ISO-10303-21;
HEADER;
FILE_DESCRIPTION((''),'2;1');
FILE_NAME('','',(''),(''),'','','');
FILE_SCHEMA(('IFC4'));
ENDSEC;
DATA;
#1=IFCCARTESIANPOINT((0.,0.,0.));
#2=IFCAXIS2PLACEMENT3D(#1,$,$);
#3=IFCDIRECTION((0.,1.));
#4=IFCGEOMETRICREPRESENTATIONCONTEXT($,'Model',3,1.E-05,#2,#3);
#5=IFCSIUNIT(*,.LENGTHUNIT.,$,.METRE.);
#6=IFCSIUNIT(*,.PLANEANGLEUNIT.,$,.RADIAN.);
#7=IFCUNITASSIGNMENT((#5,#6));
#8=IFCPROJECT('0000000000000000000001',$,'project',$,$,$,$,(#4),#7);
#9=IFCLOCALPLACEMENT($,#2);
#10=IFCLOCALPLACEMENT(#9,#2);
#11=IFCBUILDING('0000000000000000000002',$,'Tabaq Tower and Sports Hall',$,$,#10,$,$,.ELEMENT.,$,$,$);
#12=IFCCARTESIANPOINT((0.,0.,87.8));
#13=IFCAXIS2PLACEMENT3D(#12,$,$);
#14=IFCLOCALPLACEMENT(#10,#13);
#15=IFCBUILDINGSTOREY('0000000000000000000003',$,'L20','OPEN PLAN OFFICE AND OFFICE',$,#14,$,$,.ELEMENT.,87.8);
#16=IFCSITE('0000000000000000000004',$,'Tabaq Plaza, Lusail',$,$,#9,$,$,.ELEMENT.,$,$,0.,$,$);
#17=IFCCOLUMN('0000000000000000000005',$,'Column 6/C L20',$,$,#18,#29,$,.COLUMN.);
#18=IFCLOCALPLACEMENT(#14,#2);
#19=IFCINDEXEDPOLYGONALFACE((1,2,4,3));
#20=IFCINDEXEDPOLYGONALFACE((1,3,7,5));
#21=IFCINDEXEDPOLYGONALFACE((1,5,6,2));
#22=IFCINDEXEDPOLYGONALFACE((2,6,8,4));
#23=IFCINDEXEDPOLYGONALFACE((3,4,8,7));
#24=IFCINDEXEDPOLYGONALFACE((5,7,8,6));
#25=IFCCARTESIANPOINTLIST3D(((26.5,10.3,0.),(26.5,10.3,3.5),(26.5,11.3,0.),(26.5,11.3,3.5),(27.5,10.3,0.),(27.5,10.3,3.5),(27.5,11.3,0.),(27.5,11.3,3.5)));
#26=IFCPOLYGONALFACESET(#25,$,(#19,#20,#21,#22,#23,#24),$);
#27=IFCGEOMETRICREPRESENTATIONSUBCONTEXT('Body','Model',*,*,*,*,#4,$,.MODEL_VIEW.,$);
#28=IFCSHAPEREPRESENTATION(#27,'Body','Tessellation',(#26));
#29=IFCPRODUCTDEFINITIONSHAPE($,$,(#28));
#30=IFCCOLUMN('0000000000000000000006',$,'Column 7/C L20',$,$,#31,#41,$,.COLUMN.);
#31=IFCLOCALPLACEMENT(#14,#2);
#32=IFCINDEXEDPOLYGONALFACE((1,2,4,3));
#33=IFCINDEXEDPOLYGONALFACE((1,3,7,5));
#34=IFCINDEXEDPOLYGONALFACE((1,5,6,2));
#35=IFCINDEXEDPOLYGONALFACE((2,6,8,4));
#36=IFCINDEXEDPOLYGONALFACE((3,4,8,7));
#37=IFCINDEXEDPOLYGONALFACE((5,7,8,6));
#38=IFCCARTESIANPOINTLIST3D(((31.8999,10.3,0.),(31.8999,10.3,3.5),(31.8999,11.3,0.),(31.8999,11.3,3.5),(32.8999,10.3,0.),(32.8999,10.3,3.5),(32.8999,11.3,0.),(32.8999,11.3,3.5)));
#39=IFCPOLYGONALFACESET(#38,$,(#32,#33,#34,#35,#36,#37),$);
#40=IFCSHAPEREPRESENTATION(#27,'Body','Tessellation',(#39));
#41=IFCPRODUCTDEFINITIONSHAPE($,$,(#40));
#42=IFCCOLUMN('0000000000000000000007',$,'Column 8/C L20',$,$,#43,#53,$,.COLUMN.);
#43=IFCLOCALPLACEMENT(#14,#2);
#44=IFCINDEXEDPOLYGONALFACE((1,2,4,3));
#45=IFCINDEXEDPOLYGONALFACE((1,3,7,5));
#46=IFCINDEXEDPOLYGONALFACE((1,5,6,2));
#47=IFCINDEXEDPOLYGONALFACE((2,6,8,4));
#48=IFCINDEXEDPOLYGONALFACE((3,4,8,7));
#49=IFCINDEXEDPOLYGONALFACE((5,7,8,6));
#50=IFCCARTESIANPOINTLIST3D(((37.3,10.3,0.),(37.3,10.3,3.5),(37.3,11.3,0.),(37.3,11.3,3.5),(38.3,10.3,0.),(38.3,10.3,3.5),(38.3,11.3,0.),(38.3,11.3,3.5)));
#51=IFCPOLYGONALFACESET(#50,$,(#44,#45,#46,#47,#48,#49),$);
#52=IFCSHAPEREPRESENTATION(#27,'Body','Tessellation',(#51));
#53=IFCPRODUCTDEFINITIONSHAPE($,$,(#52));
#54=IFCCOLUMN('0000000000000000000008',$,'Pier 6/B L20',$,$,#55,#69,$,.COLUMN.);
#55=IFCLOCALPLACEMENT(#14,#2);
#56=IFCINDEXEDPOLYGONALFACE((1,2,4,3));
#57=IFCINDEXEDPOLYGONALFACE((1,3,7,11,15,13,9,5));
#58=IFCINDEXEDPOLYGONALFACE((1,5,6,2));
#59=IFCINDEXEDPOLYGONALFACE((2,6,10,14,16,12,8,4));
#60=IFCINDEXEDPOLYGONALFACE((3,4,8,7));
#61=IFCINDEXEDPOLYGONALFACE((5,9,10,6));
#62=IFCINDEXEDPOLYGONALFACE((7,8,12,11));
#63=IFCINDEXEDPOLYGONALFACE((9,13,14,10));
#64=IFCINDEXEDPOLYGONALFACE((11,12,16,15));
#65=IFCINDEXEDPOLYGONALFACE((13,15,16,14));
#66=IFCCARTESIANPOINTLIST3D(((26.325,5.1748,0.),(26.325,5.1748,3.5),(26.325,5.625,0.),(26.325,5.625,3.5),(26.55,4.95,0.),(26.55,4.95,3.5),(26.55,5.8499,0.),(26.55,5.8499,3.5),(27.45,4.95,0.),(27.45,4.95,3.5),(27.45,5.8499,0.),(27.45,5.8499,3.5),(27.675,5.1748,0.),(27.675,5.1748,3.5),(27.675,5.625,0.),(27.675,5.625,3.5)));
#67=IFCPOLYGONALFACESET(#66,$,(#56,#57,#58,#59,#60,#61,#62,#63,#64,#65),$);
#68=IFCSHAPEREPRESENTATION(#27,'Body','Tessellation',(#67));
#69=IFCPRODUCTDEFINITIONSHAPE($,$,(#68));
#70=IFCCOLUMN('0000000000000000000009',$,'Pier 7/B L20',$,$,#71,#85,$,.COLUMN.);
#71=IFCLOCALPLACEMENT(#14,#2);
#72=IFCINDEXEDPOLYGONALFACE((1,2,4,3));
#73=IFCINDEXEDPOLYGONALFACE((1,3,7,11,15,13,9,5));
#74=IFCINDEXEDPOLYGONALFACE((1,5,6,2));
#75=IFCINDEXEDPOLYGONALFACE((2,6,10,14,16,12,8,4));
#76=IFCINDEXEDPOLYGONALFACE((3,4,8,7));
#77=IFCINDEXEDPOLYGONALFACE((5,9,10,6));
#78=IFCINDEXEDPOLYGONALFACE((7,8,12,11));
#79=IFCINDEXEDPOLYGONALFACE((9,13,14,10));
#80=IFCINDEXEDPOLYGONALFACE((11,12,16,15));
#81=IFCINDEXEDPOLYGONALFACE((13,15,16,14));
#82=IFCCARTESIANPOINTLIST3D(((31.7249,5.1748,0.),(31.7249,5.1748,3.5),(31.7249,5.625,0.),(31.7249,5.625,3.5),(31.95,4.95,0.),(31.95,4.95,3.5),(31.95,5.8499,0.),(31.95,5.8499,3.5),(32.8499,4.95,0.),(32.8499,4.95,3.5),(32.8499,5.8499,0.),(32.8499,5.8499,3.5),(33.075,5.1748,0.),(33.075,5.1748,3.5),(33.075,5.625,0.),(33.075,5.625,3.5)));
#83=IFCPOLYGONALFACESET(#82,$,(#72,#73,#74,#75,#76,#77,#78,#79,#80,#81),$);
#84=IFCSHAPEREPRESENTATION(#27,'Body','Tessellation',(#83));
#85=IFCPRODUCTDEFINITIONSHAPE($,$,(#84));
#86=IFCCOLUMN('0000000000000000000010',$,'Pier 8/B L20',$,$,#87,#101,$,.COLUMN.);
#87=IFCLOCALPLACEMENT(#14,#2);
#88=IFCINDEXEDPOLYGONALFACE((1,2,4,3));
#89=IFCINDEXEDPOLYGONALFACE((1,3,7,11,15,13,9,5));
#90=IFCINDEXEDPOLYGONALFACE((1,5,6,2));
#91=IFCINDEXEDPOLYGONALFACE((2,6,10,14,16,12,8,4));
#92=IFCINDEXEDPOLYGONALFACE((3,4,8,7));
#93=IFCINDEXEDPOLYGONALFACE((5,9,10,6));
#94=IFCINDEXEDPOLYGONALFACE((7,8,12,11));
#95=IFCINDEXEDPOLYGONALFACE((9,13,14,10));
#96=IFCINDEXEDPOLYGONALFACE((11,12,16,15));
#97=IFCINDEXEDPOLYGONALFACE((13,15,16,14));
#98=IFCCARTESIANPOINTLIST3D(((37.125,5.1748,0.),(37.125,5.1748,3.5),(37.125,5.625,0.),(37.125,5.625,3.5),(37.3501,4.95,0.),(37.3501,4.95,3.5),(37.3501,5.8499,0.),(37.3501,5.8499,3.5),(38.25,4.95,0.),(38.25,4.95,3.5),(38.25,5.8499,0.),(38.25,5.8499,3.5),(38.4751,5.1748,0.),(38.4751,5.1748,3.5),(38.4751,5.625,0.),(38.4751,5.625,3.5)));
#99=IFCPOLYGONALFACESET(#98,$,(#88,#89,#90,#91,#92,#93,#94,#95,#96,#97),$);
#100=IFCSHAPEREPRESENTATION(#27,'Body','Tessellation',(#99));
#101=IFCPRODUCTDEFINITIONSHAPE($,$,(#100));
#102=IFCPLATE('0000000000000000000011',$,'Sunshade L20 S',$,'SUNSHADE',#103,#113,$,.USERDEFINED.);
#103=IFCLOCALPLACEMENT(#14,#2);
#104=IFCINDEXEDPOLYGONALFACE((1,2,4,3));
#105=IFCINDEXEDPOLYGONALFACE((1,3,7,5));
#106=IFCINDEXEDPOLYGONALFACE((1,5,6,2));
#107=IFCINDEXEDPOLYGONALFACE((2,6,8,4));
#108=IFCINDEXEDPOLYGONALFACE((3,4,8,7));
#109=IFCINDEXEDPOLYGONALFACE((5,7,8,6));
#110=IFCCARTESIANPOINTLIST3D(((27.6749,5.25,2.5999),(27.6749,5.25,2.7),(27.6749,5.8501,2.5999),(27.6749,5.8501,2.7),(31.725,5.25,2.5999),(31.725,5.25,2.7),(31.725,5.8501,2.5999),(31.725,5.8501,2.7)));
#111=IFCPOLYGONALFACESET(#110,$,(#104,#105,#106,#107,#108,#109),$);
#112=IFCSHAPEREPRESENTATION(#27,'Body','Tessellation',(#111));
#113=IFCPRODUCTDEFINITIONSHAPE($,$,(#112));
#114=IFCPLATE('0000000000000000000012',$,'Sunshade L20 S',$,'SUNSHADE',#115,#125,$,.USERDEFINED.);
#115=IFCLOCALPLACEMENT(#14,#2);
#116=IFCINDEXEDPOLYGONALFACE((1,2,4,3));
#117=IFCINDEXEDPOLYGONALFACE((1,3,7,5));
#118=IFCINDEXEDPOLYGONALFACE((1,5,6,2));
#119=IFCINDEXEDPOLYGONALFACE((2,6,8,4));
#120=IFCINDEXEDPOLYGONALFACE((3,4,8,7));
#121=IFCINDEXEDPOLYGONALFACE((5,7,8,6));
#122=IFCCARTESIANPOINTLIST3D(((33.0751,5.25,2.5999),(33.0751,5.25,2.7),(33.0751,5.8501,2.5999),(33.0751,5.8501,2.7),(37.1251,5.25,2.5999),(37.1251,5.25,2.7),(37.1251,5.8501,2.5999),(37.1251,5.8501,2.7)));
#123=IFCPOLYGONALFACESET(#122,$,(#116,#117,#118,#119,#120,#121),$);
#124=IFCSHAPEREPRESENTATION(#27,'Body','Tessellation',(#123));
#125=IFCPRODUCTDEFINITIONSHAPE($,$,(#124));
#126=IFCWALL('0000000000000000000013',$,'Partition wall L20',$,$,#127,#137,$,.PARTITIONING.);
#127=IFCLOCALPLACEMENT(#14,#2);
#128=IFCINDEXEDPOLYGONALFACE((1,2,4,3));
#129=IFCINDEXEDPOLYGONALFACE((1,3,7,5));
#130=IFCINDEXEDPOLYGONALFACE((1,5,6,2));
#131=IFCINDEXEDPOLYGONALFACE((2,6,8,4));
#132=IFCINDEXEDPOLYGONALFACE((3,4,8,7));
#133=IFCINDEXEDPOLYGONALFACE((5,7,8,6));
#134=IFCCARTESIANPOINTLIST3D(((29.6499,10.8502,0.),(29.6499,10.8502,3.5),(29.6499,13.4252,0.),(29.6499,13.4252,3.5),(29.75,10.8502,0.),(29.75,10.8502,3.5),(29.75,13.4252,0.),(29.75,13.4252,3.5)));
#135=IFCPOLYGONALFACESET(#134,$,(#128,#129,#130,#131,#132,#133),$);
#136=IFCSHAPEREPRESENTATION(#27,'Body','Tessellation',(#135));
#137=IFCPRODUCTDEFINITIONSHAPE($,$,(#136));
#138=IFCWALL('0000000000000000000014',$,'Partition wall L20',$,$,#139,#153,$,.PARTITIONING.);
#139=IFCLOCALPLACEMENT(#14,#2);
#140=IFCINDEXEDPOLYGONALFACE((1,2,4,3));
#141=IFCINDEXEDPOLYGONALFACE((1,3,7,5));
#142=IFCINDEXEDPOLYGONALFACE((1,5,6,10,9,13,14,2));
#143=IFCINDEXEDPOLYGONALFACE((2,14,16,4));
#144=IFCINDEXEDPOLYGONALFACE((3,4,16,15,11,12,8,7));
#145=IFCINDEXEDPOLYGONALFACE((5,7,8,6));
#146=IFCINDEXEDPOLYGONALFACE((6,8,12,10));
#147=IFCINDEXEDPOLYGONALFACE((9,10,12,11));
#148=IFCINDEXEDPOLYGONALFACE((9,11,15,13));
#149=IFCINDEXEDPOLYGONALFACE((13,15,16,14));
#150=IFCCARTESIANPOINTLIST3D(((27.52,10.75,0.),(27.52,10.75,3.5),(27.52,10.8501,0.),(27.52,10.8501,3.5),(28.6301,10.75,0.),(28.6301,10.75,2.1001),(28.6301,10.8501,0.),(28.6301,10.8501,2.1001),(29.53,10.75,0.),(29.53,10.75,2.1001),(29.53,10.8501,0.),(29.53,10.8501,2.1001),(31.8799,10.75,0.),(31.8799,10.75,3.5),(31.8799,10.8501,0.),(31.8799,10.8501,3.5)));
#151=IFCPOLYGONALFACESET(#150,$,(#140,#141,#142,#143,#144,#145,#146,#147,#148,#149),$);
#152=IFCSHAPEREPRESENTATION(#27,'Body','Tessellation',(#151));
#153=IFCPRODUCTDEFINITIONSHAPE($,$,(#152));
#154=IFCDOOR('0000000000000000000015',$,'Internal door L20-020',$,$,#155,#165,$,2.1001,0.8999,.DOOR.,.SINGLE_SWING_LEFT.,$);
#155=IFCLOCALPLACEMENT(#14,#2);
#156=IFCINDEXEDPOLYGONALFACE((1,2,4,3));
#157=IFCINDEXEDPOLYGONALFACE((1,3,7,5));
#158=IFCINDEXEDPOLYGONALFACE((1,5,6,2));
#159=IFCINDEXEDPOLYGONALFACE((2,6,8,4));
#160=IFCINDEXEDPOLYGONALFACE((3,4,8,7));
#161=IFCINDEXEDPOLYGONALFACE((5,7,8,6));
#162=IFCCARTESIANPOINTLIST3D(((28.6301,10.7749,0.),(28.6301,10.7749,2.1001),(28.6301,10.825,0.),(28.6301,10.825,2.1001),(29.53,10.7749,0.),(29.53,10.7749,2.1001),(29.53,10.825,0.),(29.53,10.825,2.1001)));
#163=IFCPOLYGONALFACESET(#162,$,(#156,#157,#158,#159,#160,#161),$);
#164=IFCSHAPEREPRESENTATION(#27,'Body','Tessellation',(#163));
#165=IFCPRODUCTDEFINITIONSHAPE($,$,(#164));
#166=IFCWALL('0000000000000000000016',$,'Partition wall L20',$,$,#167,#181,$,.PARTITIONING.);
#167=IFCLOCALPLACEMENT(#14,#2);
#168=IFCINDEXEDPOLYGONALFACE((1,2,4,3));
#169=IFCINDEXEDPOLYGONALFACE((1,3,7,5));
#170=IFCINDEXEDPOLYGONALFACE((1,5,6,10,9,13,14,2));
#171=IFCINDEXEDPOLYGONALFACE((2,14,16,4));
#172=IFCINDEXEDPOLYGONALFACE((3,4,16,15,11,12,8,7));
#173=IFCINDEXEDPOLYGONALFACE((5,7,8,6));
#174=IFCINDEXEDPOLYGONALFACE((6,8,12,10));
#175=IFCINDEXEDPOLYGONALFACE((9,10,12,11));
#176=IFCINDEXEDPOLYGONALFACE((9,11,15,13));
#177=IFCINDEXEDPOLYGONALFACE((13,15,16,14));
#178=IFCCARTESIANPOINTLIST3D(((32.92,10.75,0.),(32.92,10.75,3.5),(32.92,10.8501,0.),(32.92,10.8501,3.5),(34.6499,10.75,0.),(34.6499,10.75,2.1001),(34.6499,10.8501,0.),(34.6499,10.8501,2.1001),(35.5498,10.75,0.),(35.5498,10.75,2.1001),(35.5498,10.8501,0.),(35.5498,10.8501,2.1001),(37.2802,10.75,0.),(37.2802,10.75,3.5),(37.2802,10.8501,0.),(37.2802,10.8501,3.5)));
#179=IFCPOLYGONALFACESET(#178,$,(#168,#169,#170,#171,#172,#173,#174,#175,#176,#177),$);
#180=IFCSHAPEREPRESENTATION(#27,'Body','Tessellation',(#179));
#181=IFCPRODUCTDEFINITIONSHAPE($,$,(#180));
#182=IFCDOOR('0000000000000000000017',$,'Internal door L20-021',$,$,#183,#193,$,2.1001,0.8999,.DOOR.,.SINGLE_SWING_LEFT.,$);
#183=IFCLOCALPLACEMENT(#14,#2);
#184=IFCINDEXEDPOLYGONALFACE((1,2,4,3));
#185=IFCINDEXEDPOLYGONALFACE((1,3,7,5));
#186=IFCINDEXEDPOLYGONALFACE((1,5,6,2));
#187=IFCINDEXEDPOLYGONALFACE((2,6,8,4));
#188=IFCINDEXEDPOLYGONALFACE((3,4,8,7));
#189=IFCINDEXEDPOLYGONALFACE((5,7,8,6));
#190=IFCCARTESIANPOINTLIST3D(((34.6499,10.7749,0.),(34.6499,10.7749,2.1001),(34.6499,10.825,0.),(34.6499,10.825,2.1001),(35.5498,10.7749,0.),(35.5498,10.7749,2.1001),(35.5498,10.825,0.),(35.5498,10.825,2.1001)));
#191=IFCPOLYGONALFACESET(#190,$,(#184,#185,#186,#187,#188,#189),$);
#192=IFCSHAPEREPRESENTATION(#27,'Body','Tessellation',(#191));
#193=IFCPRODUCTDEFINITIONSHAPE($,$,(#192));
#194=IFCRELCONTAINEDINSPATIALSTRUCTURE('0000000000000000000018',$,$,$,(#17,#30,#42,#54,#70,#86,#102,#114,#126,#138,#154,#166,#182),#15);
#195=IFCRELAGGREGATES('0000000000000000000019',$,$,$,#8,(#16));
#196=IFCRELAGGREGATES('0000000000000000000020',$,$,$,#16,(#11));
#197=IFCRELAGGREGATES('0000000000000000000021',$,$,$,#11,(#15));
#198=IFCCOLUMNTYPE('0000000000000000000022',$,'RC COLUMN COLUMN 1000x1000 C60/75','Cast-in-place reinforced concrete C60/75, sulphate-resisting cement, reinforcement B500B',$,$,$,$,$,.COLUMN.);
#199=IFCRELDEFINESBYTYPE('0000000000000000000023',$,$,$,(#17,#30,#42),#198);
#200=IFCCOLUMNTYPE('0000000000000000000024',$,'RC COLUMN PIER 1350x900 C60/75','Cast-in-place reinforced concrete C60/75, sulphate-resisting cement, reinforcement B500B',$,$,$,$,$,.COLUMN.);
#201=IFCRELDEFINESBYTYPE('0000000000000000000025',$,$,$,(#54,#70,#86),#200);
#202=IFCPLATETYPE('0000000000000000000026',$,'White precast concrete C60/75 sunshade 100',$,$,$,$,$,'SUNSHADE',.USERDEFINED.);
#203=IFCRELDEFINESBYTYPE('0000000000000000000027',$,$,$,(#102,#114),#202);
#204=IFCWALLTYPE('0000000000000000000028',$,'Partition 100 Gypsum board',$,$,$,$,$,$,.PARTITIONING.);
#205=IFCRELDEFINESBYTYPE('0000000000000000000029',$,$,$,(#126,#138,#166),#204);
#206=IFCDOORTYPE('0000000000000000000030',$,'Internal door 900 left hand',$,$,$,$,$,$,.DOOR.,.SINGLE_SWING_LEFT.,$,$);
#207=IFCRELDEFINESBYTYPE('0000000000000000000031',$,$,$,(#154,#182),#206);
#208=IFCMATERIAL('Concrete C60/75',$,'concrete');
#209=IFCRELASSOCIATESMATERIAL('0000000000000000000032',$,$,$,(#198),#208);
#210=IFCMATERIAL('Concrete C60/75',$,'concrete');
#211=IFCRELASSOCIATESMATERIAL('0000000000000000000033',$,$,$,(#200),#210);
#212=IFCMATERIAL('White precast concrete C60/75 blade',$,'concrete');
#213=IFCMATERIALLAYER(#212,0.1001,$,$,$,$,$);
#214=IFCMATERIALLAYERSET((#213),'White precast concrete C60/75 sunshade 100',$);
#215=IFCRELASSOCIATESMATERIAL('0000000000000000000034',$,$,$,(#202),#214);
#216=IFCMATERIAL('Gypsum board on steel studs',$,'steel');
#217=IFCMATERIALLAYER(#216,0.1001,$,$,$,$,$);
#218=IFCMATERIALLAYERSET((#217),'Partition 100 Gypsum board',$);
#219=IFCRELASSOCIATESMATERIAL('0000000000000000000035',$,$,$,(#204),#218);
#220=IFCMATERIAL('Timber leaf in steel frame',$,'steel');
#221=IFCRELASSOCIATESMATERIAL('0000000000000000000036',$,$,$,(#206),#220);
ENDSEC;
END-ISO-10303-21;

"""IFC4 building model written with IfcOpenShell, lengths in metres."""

from ifc_helpers import new_model, si_unit, direction, frame, frame_2d, origin, origin_2d, place, context, subcontext, project, spatial, polyline, rectangle, outline, extrude, material, layer, layer_set, material_profile, profile_set, type_object, element, fill, save


model = new_model("IFC4")

# Units and contexts
model_context = context("Model", 3, precision=1e-05, world=origin(), true_north=direction((0.0, 1.0)))
body_context = subcontext(model_context, "Body", "Model", "MODEL_VIEW")
ifc_project = project(units=[si_unit("LENGTHUNIT", "METRE"), si_unit("PLANEANGLEUNIT", "RADIAN")], contexts=[model_context])

# Site, building, storey
site_placement = place(None, origin())
site = spatial("IfcSite", under=ifc_project, at=site_placement, Name="Tabaq Plaza, Lusail", CompositionType="ELEMENT", RefElevation=0.0)
building_placement = place(site_placement, origin())
building = spatial("IfcBuilding", under=site, at=building_placement, Name="Tabaq Tower and Sports Hall", CompositionType="ELEMENT")
storey_placement = place(building_placement, frame((0.0, 0.0, 87.8)))
storey = spatial("IfcBuildingStorey", under=building, at=storey_placement, Name="L20", Description="OPEN PLAN OFFICE AND OFFICE", CompositionType="ELEMENT", Elevation=87.8)

# Columns
ifc_material_1 = material(Name="Concrete C60/75", Category="concrete")
ifc_material_profile_1 = material_profile(ifc_material_1, rectangle(XDim=1.0, YDim=1.0, at=origin_2d()), Name="COLUMN 1000x1000")
ifc_profile_set_1 = profile_set([ifc_material_profile_1], Name="Concrete C60/75")
column_type_1 = type_object("IfcColumnType", Name="RC COLUMN COLUMN 1000x1000 C60/75", Description="Cast-in-place reinforced concrete C60/75, sulphate-resisting cement, reinforcement B500B", PredefinedType="COLUMN", material=ifc_profile_set_1)
for number, where, z_axis, x_axis, name in (
    (1, (27.0, 10.8, 0.0), (0.0, 0.0, 1.0), (1.0, 0.0, 0.0), "Column 6/C L20"),
    (2, (32.3999, 10.8, 0.0), (0.0, 0.0, 1.0), (1.0, 0.0, 0.0), "Column 7/C L20"),
    (3, (37.8, 10.8, 0.0), (0.0, 0.0, 1.0), (1.0, 0.0, 0.0), "Column 8/C L20"),
):
    element("IfcColumn", number, at=place(storey_placement, frame(where, z_axis=z_axis, x_axis=x_axis)), inside=storey, type_object=column_type_1, Name=name, PredefinedType="COLUMN", context=body_context, shape_type="SweptSolid", body=[
        extrude(rectangle(XDim=1.0, YDim=1.0, at=origin_2d()), origin(), (0.0, 0.0, 1.0), 3.5),
    ])
ifc_material_2 = material(Name="Concrete C60/75", Category="concrete")
ifc_material_profile_2 = material_profile(ifc_material_2, outline(polyline([(-0.45, -0.45), (0.45, -0.45), (0.675, -0.2251), (0.675, 0.2251), (0.45, 0.45), (-0.45, 0.45), (-0.675, 0.2251), (-0.675, -0.2251), (-0.45, -0.45)])), Name="PIER 1350x900")
ifc_profile_set_2 = profile_set([ifc_material_profile_2], Name="Concrete C60/75")
column_type_2 = type_object("IfcColumnType", Name="RC COLUMN PIER 1350x900 C60/75", Description="Cast-in-place reinforced concrete C60/75, sulphate-resisting cement, reinforcement B500B", PredefinedType="COLUMN", material=ifc_profile_set_2)
for number, where, z_axis, x_axis, name in (
    (4, (27.0, 5.3999, 0.0), (0.0, 0.0, 1.0), (1.0, 0.0, 0.0), "Pier 6/B L20"),
    (5, (32.3999, 5.3999, 0.0), (0.0, 0.0, 1.0), (1.0, 0.0, 0.0), "Pier 7/B L20"),
    (6, (37.8, 5.3999, 0.0), (0.0, 0.0, 1.0), (1.0, 0.0, 0.0), "Pier 8/B L20"),
):
    element("IfcColumn", number, at=place(storey_placement, frame(where, z_axis=z_axis, x_axis=x_axis)), inside=storey, type_object=column_type_2, Name=name, PredefinedType="COLUMN", context=body_context, shape_type="SweptSolid", body=[
        extrude(outline(polyline([(-0.45, -0.45), (0.45, -0.45), (0.675, -0.2251), (0.675, 0.2251), (0.45, 0.45), (-0.45, 0.45), (-0.675, 0.2251), (-0.675, -0.2251), (-0.45, -0.45)])), origin(), (0.0, 0.0, 1.0), 3.5),
    ])

# Plates
ifc_material_3 = material(Name="White precast concrete C60/75 blade", Category="concrete")
ifc_layer_1 = layer(ifc_material_3, 0.1001)
ifc_layer_set_1 = layer_set([ifc_layer_1], Name="White precast concrete C60/75 sunshade 100")
plate_type = type_object("IfcPlateType", Name="White precast concrete C60/75 sunshade 100", ElementType="SUNSHADE", PredefinedType="USERDEFINED", material=ifc_layer_set_1)
for number, where, z_axis, x_axis, name in (
    (7, (29.7, 5.55, 2.5999), (0.0, 0.0, 1.0), (1.0, 0.0, 0.0), "Sunshade L20 S"),
    (8, (35.1001, 5.55, 2.5999), (0.0, 0.0, 1.0), (1.0, 0.0, 0.0), "Sunshade L20 S"),
):
    element("IfcPlate", number, at=place(storey_placement, frame(where, z_axis=z_axis, x_axis=x_axis)), inside=storey, type_object=plate_type, Name=name, ObjectType="SUNSHADE", PredefinedType="USERDEFINED", context=body_context, shape_type="SweptSolid", body=[
        extrude(rectangle(XDim=4.05, YDim=0.6001, at=origin_2d()), origin(), (0.0, 0.0, 1.0), 0.1001),
    ])

# Wall
ifc_material_4 = material(Name="Gypsum board on steel studs", Category="steel")
ifc_layer_2 = layer(ifc_material_4, 0.1001)
ifc_layer_set_2 = layer_set([ifc_layer_2], Name="Partition 100 Gypsum board")
wall_type = type_object("IfcWallType", Name="Partition 100 Gypsum board", PredefinedType="PARTITIONING", material=ifc_layer_set_2)
wall_1_placement = place(storey_placement, frame((29.7, 10.8501, 0.0), z_axis=(0.0, 0.0, 1.0), x_axis=(0.0, 1.0, 0.0)))
element("IfcWall", 9, at=wall_1_placement, inside=storey, type_object=wall_type, Name="Partition wall L20", PredefinedType="PARTITIONING", context=body_context, shape_type="SweptSolid", body=[
    extrude(rectangle(XDim=2.575, YDim=0.1001, at=frame_2d((1.2876, 0.0))), origin(), (0.0, 0.0, 1.0), 3.5),
])

# Walls, openings, doors
wall_2_placement = place(storey_placement, frame((27.52, 10.8, 0.0), z_axis=(0.0, 0.0, 1.0), x_axis=(1.0, 0.0, 0.0)))
wall_2 = element("IfcWall", 10, at=wall_2_placement, inside=storey, type_object=wall_type, Name="Partition wall L20", PredefinedType="PARTITIONING", context=body_context, shape_type="SweptSolid", body=[
    extrude(rectangle(XDim=4.3599, YDim=0.1001, at=frame_2d((2.1799, 0.0))), origin(), (0.0, 0.0, 1.0), 3.5),
])
opening_1_placement = place(wall_2_placement, frame((1.1101, 0.0, 0.0)))
opening_1 = element("IfcOpeningElement", 11, at=opening_1_placement, cuts=wall_2, PredefinedType="OPENING", context=body_context, shape_type="SweptSolid", body=[
    extrude(rectangle(XDim=0.8999, YDim=2.1001, at=frame_2d((0.45, 1.05))), frame((0.0, 0.05, 0.0), z_axis=(0.0, -1.0, 0.0), x_axis=(1.0, 0.0, 0.0)), (0.0, 0.0, 1.0), 0.1001),
])
ifc_material_5 = material(Name="Timber leaf in steel frame", Category="steel")
door_type = type_object("IfcDoorType", Name="Internal door 900 left hand", OperationType="SINGLE_SWING_LEFT", PredefinedType="DOOR", material=ifc_material_5)
door_1_placement = place(opening_1_placement, origin())
door_1 = element("IfcDoor", 12, at=door_1_placement, inside=storey, type_object=door_type, Name="Internal door L20-020", OperationType="SINGLE_SWING_LEFT", OverallHeight=2.1001, OverallWidth=0.8999, PredefinedType="DOOR", context=body_context, shape_type="SweptSolid", body=[
    extrude(rectangle(XDim=0.8999, YDim=2.1001, at=frame_2d((0.45, 1.05))), frame((0.0, 0.0249, 0.0), z_axis=(0.0, -1.0, 0.0), x_axis=(1.0, 0.0, 0.0)), (0.0, 0.0, 1.0), 0.05),
])
fill(opening_1, door_1)
wall_3_placement = place(storey_placement, frame((32.9199, 10.8, 0.0), z_axis=(0.0, 0.0, 1.0), x_axis=(1.0, 0.0, 0.0)))
wall_3 = element("IfcWall", 13, at=wall_3_placement, inside=storey, type_object=wall_type, Name="Partition wall L20", PredefinedType="PARTITIONING", context=body_context, shape_type="SweptSolid", body=[
    extrude(rectangle(XDim=4.3601, YDim=0.1001, at=frame_2d((2.1802, 0.0))), origin(), (0.0, 0.0, 1.0), 3.5),
])
opening_2_placement = place(wall_3_placement, frame((1.73, 0.0, 0.0)))
opening_2 = element("IfcOpeningElement", 14, at=opening_2_placement, cuts=wall_3, PredefinedType="OPENING", context=body_context, shape_type="SweptSolid", body=[
    extrude(rectangle(XDim=0.8999, YDim=2.1001, at=frame_2d((0.45, 1.05))), frame((0.0, 0.05, 0.0), z_axis=(0.0, -1.0, 0.0), x_axis=(1.0, 0.0, 0.0)), (0.0, 0.0, 1.0), 0.1001),
])
door_2_placement = place(opening_2_placement, origin())
door_2 = element("IfcDoor", 15, at=door_2_placement, inside=storey, type_object=door_type, Name="Internal door L20-021", OperationType="SINGLE_SWING_LEFT", OverallHeight=2.1001, OverallWidth=0.8999, PredefinedType="DOOR", context=body_context, shape_type="SweptSolid", body=[
    extrude(rectangle(XDim=0.8999, YDim=2.1001, at=frame_2d((0.45, 1.05))), frame((0.0, 0.0249, 0.0), z_axis=(0.0, -1.0, 0.0), x_axis=(1.0, 0.0, 0.0)), (0.0, 0.0, 1.0), 0.05),
])
fill(opening_2, door_2)

save(model, "model.ifc")
